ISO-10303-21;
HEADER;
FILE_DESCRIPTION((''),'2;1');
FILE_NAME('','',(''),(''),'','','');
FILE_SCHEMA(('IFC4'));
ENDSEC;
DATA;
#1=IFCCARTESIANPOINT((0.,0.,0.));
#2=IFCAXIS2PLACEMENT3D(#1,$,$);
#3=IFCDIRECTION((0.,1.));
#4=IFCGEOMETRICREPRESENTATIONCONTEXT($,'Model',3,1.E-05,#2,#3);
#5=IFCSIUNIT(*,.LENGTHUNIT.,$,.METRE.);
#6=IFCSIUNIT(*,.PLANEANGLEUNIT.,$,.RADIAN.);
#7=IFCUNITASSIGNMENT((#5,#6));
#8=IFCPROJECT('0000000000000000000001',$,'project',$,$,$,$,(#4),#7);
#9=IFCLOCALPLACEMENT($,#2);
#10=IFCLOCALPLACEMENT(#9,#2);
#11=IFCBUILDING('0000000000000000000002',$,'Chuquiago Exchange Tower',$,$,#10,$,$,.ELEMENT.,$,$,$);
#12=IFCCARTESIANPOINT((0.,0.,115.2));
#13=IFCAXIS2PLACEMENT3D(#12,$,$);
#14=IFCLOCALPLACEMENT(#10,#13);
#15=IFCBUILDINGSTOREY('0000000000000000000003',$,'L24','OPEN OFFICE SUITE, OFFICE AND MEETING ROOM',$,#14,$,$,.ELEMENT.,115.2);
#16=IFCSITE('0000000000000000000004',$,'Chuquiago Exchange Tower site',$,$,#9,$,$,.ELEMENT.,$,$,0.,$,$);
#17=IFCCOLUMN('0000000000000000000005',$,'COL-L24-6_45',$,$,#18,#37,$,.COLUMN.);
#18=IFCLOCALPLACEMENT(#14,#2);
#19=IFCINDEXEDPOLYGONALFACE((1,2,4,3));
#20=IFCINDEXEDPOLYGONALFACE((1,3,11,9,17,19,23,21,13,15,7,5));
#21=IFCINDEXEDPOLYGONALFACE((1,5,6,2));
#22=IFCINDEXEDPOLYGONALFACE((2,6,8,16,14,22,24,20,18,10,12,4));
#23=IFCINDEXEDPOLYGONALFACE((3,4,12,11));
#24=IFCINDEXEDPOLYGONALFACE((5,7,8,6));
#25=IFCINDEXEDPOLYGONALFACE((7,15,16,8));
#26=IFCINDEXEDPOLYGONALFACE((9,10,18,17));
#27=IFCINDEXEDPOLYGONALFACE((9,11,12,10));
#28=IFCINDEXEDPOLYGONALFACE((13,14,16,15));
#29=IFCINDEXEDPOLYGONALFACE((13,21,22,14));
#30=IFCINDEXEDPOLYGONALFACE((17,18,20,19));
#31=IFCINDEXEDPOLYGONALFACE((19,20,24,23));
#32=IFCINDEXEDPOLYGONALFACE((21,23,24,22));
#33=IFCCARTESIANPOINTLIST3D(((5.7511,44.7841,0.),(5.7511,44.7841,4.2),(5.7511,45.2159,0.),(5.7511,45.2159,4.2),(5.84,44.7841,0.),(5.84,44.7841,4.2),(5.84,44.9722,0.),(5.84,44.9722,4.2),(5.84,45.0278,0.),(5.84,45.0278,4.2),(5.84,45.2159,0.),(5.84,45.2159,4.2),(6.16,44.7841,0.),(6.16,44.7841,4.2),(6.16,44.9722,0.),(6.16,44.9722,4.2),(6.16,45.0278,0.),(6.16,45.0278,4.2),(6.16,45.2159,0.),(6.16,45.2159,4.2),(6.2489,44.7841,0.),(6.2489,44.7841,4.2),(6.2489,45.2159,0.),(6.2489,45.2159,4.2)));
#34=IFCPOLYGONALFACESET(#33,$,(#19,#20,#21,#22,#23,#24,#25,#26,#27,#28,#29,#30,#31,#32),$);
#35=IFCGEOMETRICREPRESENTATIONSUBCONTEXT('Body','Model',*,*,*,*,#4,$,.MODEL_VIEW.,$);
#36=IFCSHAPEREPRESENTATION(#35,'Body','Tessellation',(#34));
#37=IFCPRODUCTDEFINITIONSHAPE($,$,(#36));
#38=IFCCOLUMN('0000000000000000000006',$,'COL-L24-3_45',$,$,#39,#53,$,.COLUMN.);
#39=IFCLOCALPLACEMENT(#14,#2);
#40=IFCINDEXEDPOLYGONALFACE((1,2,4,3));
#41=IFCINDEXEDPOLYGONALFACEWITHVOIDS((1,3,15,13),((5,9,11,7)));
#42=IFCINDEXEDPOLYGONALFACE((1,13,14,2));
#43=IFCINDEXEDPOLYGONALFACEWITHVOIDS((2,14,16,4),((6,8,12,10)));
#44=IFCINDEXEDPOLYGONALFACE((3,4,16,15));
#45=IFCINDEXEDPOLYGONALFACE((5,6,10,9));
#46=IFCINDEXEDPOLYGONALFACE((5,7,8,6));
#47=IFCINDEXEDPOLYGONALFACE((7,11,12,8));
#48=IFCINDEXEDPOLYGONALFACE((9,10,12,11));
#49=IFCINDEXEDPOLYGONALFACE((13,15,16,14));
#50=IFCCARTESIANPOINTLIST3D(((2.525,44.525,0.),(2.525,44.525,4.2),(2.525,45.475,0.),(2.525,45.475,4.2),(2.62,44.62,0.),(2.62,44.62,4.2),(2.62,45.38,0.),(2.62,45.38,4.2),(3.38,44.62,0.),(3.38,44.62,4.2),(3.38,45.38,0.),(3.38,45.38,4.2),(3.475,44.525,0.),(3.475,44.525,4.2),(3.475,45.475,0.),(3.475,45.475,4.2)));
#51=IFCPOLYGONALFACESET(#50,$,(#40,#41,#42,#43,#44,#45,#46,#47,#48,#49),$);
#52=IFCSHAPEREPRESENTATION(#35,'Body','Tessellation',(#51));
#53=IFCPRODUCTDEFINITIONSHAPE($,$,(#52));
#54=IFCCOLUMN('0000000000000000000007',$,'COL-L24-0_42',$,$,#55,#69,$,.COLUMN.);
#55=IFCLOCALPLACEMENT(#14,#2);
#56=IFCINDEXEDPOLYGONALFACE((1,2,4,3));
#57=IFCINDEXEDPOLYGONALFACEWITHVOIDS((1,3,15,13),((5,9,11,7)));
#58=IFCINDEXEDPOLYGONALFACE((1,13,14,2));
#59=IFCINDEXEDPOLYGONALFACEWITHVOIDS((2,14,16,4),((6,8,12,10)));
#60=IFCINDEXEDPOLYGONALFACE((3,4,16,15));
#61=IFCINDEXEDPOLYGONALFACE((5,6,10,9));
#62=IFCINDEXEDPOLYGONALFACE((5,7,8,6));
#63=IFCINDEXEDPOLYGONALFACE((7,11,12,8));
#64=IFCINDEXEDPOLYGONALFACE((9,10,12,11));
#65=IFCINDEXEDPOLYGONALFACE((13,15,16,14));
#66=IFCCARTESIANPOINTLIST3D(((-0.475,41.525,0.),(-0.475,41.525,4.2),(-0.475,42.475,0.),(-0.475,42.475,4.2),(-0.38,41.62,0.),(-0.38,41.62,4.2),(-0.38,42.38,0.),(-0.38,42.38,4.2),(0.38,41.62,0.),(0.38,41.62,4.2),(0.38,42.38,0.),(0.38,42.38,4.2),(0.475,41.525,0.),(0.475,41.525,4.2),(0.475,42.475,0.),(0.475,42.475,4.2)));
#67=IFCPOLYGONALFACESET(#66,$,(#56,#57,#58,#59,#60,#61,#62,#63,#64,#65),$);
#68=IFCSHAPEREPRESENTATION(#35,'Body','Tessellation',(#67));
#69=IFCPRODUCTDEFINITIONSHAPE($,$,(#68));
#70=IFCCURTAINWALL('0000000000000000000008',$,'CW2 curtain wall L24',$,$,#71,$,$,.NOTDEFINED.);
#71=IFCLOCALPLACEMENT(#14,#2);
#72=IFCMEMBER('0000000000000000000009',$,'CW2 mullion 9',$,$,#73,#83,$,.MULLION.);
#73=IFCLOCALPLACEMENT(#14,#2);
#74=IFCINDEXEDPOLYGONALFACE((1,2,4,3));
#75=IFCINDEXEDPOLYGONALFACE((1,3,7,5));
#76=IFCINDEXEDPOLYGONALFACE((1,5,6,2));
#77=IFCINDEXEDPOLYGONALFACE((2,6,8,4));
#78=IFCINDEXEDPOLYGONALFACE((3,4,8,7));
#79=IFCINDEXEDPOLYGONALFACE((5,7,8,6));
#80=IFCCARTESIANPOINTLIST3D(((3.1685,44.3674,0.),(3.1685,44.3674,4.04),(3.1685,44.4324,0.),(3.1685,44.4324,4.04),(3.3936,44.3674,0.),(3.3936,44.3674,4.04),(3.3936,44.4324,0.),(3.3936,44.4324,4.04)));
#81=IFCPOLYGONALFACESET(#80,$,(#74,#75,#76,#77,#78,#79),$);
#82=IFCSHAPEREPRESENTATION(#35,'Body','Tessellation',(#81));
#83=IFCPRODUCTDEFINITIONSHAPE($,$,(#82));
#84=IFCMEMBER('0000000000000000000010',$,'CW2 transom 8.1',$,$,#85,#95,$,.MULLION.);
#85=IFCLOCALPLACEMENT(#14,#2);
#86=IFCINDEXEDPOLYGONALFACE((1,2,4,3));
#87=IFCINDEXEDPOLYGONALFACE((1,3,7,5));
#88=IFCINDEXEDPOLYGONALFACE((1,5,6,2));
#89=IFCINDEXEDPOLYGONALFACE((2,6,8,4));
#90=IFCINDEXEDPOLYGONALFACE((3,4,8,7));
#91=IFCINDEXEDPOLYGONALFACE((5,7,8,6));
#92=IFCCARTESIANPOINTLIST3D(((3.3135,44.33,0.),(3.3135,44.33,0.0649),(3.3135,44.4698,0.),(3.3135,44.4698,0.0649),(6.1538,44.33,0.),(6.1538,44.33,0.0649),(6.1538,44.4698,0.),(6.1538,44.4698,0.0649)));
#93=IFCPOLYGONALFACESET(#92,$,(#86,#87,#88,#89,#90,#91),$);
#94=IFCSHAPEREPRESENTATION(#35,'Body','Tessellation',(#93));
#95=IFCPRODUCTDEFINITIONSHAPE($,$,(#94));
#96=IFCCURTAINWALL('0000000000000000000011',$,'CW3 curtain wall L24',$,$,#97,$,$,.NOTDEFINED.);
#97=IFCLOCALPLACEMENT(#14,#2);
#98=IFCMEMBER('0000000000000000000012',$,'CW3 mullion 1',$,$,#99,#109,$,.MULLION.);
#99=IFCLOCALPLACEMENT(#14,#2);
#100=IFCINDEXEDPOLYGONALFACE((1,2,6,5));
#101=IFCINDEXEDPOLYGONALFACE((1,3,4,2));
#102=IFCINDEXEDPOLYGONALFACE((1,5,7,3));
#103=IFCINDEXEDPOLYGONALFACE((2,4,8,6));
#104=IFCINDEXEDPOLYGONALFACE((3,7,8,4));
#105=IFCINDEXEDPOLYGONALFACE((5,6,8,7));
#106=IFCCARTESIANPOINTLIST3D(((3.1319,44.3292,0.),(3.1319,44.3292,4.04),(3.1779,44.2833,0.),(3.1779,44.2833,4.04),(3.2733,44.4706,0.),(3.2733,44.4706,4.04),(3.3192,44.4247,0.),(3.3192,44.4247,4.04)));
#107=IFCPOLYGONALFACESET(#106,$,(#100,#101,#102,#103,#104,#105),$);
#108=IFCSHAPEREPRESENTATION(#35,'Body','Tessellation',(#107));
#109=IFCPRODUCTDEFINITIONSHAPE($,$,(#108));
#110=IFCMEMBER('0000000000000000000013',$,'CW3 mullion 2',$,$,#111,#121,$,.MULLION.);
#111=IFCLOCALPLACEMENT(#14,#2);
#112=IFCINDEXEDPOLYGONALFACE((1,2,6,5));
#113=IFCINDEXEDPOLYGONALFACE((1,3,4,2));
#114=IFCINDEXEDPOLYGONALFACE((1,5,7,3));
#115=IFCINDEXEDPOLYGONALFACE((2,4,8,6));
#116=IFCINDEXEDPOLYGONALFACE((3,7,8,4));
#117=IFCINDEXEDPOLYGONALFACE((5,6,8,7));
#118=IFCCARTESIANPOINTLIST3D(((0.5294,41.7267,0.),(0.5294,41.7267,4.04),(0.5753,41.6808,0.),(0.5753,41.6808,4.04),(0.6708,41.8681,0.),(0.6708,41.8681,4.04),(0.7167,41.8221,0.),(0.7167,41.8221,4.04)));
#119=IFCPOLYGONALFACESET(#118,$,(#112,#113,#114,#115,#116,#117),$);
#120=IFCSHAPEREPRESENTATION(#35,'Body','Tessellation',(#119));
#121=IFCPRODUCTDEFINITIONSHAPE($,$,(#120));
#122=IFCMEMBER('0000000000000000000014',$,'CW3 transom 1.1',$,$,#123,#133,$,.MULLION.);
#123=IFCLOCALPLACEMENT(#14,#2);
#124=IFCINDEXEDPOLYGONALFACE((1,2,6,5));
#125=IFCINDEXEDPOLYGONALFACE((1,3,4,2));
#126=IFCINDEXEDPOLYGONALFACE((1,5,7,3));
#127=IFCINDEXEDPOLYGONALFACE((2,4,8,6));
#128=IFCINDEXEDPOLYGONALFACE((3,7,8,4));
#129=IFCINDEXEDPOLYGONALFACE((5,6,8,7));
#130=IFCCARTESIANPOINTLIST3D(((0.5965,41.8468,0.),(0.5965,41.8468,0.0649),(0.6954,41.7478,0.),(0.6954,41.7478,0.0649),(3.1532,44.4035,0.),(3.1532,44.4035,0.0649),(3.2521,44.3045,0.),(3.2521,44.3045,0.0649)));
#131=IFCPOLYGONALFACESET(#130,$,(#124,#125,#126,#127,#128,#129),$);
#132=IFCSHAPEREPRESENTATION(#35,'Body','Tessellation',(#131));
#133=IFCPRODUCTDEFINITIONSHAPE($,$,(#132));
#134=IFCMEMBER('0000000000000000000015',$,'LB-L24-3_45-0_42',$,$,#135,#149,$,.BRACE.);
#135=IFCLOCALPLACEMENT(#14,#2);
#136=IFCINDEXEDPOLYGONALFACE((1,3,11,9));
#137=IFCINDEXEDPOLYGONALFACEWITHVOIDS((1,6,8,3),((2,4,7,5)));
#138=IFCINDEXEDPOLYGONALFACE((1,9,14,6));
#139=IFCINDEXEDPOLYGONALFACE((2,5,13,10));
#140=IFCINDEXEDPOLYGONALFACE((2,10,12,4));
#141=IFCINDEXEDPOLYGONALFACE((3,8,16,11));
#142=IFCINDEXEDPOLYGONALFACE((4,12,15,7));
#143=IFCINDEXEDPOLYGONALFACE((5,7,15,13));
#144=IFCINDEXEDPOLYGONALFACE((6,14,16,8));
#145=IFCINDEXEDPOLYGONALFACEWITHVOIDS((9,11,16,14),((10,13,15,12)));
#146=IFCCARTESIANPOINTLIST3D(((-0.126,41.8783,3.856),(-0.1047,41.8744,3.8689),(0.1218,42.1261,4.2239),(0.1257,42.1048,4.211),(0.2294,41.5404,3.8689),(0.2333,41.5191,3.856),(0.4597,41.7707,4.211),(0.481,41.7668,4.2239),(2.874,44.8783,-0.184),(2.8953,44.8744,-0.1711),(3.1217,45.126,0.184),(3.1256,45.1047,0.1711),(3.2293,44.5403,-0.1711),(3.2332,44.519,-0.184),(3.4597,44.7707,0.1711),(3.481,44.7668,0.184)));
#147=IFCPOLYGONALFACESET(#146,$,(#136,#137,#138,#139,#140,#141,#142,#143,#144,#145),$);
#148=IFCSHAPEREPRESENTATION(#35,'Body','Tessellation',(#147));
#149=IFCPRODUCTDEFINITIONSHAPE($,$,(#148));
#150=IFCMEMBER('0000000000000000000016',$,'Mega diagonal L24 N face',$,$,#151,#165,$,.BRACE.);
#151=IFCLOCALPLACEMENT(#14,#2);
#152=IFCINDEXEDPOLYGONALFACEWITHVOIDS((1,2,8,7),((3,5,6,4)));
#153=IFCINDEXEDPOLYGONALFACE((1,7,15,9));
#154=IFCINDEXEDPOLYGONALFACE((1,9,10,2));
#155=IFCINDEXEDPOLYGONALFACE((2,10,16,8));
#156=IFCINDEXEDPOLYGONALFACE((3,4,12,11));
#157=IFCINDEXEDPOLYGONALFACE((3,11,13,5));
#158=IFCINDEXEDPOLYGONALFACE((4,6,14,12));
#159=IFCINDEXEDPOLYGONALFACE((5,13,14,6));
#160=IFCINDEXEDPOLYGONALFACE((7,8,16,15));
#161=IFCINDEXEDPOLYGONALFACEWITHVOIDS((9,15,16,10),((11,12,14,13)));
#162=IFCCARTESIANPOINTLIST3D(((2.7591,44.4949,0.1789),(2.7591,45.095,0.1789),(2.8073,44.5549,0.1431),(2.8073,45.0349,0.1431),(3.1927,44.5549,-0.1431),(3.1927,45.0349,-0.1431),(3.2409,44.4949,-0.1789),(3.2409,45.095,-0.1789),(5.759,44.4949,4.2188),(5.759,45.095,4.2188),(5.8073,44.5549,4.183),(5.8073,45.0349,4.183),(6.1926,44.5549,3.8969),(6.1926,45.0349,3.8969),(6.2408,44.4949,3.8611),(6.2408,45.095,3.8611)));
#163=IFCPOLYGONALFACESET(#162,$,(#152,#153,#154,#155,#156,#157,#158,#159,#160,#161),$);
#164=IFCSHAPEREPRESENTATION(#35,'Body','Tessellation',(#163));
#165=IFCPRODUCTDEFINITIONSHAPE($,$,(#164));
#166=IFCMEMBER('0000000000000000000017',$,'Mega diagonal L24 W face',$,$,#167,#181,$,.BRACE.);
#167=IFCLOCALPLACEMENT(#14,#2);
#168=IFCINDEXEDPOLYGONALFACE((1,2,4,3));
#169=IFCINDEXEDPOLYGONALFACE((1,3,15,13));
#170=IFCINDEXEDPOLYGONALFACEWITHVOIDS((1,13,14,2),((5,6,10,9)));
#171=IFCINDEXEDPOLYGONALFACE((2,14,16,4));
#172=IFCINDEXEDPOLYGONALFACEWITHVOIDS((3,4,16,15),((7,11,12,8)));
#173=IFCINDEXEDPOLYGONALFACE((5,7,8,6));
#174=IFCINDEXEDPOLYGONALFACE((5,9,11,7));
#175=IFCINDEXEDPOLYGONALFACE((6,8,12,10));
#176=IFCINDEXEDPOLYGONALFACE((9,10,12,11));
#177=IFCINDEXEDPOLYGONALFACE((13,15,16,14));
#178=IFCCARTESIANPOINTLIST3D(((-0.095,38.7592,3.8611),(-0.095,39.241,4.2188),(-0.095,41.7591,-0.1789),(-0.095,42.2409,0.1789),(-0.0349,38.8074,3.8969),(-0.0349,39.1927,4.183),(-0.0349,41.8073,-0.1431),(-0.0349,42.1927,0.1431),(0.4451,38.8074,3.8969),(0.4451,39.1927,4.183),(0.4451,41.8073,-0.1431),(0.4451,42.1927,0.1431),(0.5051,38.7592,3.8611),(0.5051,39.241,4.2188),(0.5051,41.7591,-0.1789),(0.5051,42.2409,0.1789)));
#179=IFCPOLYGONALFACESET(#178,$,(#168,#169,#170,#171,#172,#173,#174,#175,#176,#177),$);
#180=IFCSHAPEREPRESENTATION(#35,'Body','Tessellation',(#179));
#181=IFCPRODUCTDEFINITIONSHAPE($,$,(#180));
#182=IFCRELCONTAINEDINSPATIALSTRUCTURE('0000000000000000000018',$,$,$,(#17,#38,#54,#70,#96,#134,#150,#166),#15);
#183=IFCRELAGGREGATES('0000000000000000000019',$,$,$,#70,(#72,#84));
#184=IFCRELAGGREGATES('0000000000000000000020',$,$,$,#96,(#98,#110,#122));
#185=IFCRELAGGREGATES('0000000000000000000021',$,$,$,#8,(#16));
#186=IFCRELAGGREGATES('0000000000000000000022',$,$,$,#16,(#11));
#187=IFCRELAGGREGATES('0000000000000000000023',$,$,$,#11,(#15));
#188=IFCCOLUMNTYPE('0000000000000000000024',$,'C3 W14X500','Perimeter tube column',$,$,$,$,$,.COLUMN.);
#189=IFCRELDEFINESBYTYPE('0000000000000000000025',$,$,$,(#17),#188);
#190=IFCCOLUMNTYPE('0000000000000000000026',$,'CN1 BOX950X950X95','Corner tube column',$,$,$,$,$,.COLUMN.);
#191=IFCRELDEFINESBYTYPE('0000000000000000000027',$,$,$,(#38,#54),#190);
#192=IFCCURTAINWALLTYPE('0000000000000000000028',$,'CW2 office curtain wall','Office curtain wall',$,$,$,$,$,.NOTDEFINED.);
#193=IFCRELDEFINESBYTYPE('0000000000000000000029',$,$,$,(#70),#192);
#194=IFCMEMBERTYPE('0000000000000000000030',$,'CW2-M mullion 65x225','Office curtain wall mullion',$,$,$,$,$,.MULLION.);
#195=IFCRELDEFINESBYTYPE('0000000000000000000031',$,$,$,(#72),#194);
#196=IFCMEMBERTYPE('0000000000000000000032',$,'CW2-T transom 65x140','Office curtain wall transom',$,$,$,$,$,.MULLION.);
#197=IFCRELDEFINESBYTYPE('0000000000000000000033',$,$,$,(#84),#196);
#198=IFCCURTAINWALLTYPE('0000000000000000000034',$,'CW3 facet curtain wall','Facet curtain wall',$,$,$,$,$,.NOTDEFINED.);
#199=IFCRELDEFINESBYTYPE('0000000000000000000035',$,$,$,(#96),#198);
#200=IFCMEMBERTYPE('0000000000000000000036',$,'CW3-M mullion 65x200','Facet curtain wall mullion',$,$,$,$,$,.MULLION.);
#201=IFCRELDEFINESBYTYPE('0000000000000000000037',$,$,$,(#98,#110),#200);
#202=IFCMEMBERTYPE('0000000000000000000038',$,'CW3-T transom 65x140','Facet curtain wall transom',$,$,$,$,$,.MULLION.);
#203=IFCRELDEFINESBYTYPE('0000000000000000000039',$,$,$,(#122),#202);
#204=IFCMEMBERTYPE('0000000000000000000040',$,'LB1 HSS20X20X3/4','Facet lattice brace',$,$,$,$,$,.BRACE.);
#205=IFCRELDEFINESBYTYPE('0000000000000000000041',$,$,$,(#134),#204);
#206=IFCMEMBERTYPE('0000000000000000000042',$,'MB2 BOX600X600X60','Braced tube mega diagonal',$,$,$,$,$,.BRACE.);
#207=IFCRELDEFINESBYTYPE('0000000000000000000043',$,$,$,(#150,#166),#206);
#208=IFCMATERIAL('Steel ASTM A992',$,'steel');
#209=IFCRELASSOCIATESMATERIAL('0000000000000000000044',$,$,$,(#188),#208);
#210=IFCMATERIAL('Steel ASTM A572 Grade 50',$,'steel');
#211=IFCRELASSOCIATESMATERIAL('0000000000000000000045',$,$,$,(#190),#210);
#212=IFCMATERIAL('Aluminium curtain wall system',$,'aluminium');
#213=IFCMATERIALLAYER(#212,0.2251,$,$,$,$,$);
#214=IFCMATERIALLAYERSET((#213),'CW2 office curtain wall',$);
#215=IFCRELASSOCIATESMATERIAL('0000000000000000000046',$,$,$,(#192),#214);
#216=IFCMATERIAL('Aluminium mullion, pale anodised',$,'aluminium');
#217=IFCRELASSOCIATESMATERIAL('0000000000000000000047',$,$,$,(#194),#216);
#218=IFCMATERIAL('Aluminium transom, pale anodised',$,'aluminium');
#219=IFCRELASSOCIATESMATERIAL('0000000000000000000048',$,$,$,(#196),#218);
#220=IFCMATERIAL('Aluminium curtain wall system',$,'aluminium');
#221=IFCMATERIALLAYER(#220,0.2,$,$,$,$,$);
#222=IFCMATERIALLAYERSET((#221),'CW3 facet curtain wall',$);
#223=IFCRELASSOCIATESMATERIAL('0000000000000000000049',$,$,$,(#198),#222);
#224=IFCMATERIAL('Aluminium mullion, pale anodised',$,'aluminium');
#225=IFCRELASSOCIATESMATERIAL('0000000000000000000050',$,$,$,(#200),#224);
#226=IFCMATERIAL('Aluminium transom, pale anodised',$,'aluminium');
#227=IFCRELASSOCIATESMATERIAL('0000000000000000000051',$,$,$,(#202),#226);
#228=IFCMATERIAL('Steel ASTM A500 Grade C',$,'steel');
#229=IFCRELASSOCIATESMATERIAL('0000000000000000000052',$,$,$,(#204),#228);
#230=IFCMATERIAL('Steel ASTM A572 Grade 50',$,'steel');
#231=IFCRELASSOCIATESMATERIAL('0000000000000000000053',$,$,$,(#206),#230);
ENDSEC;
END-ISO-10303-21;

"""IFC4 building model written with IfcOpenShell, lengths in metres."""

from ifc_helpers import new_model, si_unit, direction, frame, origin, origin_2d, place, context, subcontext, project, spatial, rectangle, hollow_rectangle, i_section, extrude, material, layer, layer_set, material_profile, profile_set, type_object, element, aggregate, save


model = new_model("IFC4")

# Units and contexts
model_context = context("Model", 3, precision=1e-05, world=origin(), true_north=direction((0.0, 1.0)))
body_context = subcontext(model_context, "Body", "Model", "MODEL_VIEW")
ifc_project = project(units=[si_unit("LENGTHUNIT", "METRE"), si_unit("PLANEANGLEUNIT", "RADIAN")], contexts=[model_context])

# Site, building, storey
site_placement = place(None, origin())
site = spatial("IfcSite", under=ifc_project, at=site_placement, Name="Chuquiago Exchange Tower site", CompositionType="ELEMENT", RefElevation=0.0)
building_placement = place(site_placement, origin())
building = spatial("IfcBuilding", under=site, at=building_placement, Name="Chuquiago Exchange Tower", CompositionType="ELEMENT")
storey_placement = place(building_placement, frame((0.0, 0.0, 115.2)))
storey = spatial("IfcBuildingStorey", under=building, at=storey_placement, Name="L24", Description="OPEN OFFICE SUITE, OFFICE AND MEETING ROOM", CompositionType="ELEMENT", Elevation=115.2)

# Columns
ifc_material_1 = material(Name="Steel ASTM A992", Category="steel")
ifc_material_profile_1 = material_profile(ifc_material_1, i_section(OverallWidth=0.4319, OverallDepth=0.4978, WebThickness=0.0557, FlangeThickness=0.0889, at=origin_2d()), Name="W14X500")
ifc_profile_set_1 = profile_set([ifc_material_profile_1], Name="Steel ASTM A992")
column_type_1 = type_object("IfcColumnType", Name="C3 W14X500", Description="Perimeter tube column", PredefinedType="COLUMN", material=ifc_profile_set_1)
column_placement = place(storey_placement, frame((6.0, 45.0, 0.0), z_axis=(0.0, 0.0, 1.0), x_axis=(0.0, 1.0, 0.0)))
element("IfcColumn", 1, at=column_placement, inside=storey, type_object=column_type_1, Name="COL-L24-6_45", PredefinedType="COLUMN", context=body_context, shape_type="SweptSolid", body=[
    extrude(i_section(OverallWidth=0.4319, OverallDepth=0.4978, WebThickness=0.0557, FlangeThickness=0.0889, at=origin_2d()), origin(), (0.0, 0.0, 1.0), 4.2),
])
ifc_material_2 = material(Name="Steel ASTM A572 Grade 50", Category="steel")
ifc_material_profile_2 = material_profile(ifc_material_2, hollow_rectangle(XDim=0.95, YDim=0.95, WallThickness=0.095, at=origin_2d()), Name="BOX950X950X95")
ifc_profile_set_2 = profile_set([ifc_material_profile_2], Name="Steel ASTM A572 Grade 50")
column_type_2 = type_object("IfcColumnType", Name="CN1 BOX950X950X95", Description="Corner tube column", PredefinedType="COLUMN", material=ifc_profile_set_2)
for number, where, z_axis, x_axis, name in (
    (2, (3.0, 45.0, 0.0), (0.0, 0.0, 1.0), (0.0, 1.0, 0.0), "COL-L24-3_45"),
    (3, (0.0, 42.0, 0.0), (0.0, 0.0, 1.0), (-1.0, 0.0, 0.0), "COL-L24-0_42"),
):
    element("IfcColumn", number, at=place(storey_placement, frame(where, z_axis=z_axis, x_axis=x_axis)), inside=storey, type_object=column_type_2, Name=name, PredefinedType="COLUMN", context=body_context, shape_type="SweptSolid", body=[
        extrude(hollow_rectangle(XDim=0.95, YDim=0.95, WallThickness=0.095, at=origin_2d()), origin(), (0.0, 0.0, 1.0), 4.2),
    ])

# Curtain walls, members
ifc_material_3 = material(Name="Aluminium curtain wall system", Category="aluminium")
ifc_layer_1 = layer(ifc_material_3, 0.2251)
ifc_layer_set_1 = layer_set([ifc_layer_1], Name="CW2 office curtain wall")
curtain_wall_type_1 = type_object("IfcCurtainWallType", Name="CW2 office curtain wall", Description="Office curtain wall", PredefinedType="NOTDEFINED", material=ifc_layer_set_1)
curtain_wall_1_placement = place(storey_placement, origin())
curtain_wall_1 = element("IfcCurtainWall", 4, at=curtain_wall_1_placement, inside=storey, type_object=curtain_wall_type_1, Name="CW2 curtain wall L24", PredefinedType="NOTDEFINED")
ifc_material_4 = material(Name="Aluminium mullion, pale anodised", Category="aluminium")
ifc_material_profile_3 = material_profile(ifc_material_4, rectangle(XDim=0.0649, YDim=0.2251, at=origin_2d()), Name="AL 65x225")
ifc_profile_set_3 = profile_set([ifc_material_profile_3], Name="Aluminium mullion, pale anodised")
member_type_1 = type_object("IfcMemberType", Name="CW2-M mullion 65x225", Description="Office curtain wall mullion", PredefinedType="MULLION", material=ifc_profile_set_3)
member_1_placement = place(storey_placement, frame((3.281, 44.3999, 0.0), z_axis=(0.0, 0.0, 1.0), x_axis=(0.0, -1.0, 0.0)))
member_1 = element("IfcMember", 5, at=member_1_placement, type_object=member_type_1, Name="CW2 mullion 9", PredefinedType="MULLION", context=body_context, shape_type="SweptSolid", body=[
    extrude(rectangle(XDim=0.0649, YDim=0.2251, at=origin_2d()), origin(), (0.0, 0.0, 1.0), 4.04),
])
ifc_material_5 = material(Name="Aluminium transom, pale anodised", Category="aluminium")
ifc_material_profile_4 = material_profile(ifc_material_5, rectangle(XDim=0.1399, YDim=0.0649, at=origin_2d()), Name="AL 140x65")
ifc_profile_set_4 = profile_set([ifc_material_profile_4], Name="Aluminium transom, pale anodised")
member_type_2 = type_object("IfcMemberType", Name="CW2-T transom 65x140", Description="Office curtain wall transom", PredefinedType="MULLION", material=ifc_profile_set_4)
member_2_placement = place(storey_placement, frame((6.1538, 44.3999, 0.0325), z_axis=(-1.0, 0.0, 0.0), x_axis=(0.0, -1.0, 0.0)))
member_2 = element("IfcMember", 6, at=member_2_placement, type_object=member_type_2, Name="CW2 transom 8.1", PredefinedType="MULLION", context=body_context, shape_type="SweptSolid", body=[
    extrude(rectangle(XDim=0.1399, YDim=0.0649, at=origin_2d()), origin(), (0.0, 0.0, 1.0), 2.8403),
])
ifc_material_6 = material(Name="Aluminium curtain wall system", Category="aluminium")
ifc_layer_2 = layer(ifc_material_6, 0.2)
ifc_layer_set_2 = layer_set([ifc_layer_2], Name="CW3 facet curtain wall")
curtain_wall_type_2 = type_object("IfcCurtainWallType", Name="CW3 facet curtain wall", Description="Facet curtain wall", PredefinedType="NOTDEFINED", material=ifc_layer_set_2)
curtain_wall_2_placement = place(storey_placement, origin())
curtain_wall_2 = element("IfcCurtainWall", 7, at=curtain_wall_2_placement, inside=storey, type_object=curtain_wall_type_2, Name="CW3 curtain wall L24", PredefinedType="NOTDEFINED")
ifc_material_7 = material(Name="Aluminium mullion, pale anodised", Category="aluminium")
ifc_material_profile_5 = material_profile(ifc_material_7, rectangle(XDim=0.0649, YDim=0.2, at=origin_2d()), Name="AL 65x200")
ifc_profile_set_5 = profile_set([ifc_material_profile_5], Name="Aluminium mullion, pale anodised")
member_type_3 = type_object("IfcMemberType", Name="CW3-M mullion 65x200", Description="Facet curtain wall mullion", PredefinedType="MULLION", material=ifc_profile_set_5)
member_3_placement = place(storey_placement, frame((3.2256, 44.377, 0.0), z_axis=(0.0, 0.0, 1.0), x_axis=(0.707107, -0.707107, 0.0)))
member_3 = element("IfcMember", 8, at=member_3_placement, type_object=member_type_3, Name="CW3 mullion 1", PredefinedType="MULLION", context=body_context, shape_type="SweptSolid", body=[
    extrude(rectangle(XDim=0.0649, YDim=0.2, at=origin_2d()), origin(), (0.0, 0.0, 1.0), 4.04),
])
member_4_placement = place(storey_placement, frame((0.623, 41.7744, 0.0), z_axis=(0.0, 0.0, 1.0), x_axis=(0.707107, -0.707107, 0.0)))
member_4 = element("IfcMember", 9, at=member_4_placement, type_object=member_type_3, Name="CW3 mullion 2", PredefinedType="MULLION", context=body_context, shape_type="SweptSolid", body=[
    extrude(rectangle(XDim=0.0649, YDim=0.2, at=origin_2d()), origin(), (0.0, 0.0, 1.0), 4.04),
])
ifc_material_8 = material(Name="Aluminium transom, pale anodised", Category="aluminium")
ifc_material_profile_6 = material_profile(ifc_material_8, rectangle(XDim=0.1399, YDim=0.0649, at=origin_2d()), Name="AL 140x65")
ifc_profile_set_6 = profile_set([ifc_material_profile_6], Name="Aluminium transom, pale anodised")
member_type_4 = type_object("IfcMemberType", Name="CW3-T transom 65x140", Description="Facet curtain wall transom", PredefinedType="MULLION", material=ifc_profile_set_6)
member_5_placement = place(storey_placement, frame((3.2026, 44.354, 0.0325), z_axis=(-0.707107, -0.707107, 0.0), x_axis=(0.707107, -0.707107, 0.0)))
member_5 = element("IfcMember", 10, at=member_5_placement, type_object=member_type_4, Name="CW3 transom 1.1", PredefinedType="MULLION", context=body_context, shape_type="SweptSolid", body=[
    extrude(rectangle(XDim=0.1399, YDim=0.0649, at=origin_2d()), origin(), (0.0, 0.0, 1.0), 3.6157),
])

# Members
ifc_material_9 = material(Name="Steel ASTM A500 Grade C", Category="steel")
ifc_material_profile_7 = material_profile(ifc_material_9, hollow_rectangle(XDim=0.5081, YDim=0.5081, WallThickness=0.0178, at=origin_2d()), Name="HSS20X20X3/4")
ifc_profile_set_7 = profile_set([ifc_material_profile_7], Name="Steel ASTM A500 Grade C")
member_type_5 = type_object("IfcMemberType", Name="LB1 HSS20X20X3/4", Description="Facet lattice brace", PredefinedType="BRACE", material=ifc_profile_set_7)
member_6_placement = place(storey_placement, frame((3.1775, 44.8225, 0.0), z_axis=(-0.512077, -0.512077, 0.689604), x_axis=(0.707107, -0.707107, 0.0)))
element("IfcMember", 11, at=member_6_placement, inside=storey, type_object=member_type_5, Name="LB-L24-3_45-0_42", PredefinedType="BRACE", context=body_context, shape_type="SweptSolid", body=[
    extrude(hollow_rectangle(XDim=0.5081, YDim=0.5081, WallThickness=0.0178, at=origin_2d()), origin(), (0.0, 0.0, 1.0), 5.8584),
])
ifc_material_10 = material(Name="Steel ASTM A572 Grade 50", Category="steel")
ifc_material_profile_8 = material_profile(ifc_material_10, hollow_rectangle(XDim=0.6001, YDim=0.6001, WallThickness=0.0601, at=origin_2d()), Name="BOX600X600X60")
ifc_profile_set_8 = profile_set([ifc_material_profile_8], Name="Steel ASTM A572 Grade 50")
member_type_6 = type_object("IfcMemberType", Name="MB2 BOX600X600X60", Description="Braced tube mega diagonal", PredefinedType="BRACE", material=ifc_profile_set_8)
for number, where, z_axis, x_axis, name in (
    (12, (3.0, 44.7949, 0.0), (0.596174, 0.0, 0.802855), (0.0, 1.0, 0.0), "Mega diagonal L24 N face"),
    (13, (0.2051, 42.0, 0.0), (0.0, -0.596174, 0.802855), (1.0, 0.0, 0.0), "Mega diagonal L24 W face"),
):
    element("IfcMember", number, at=place(storey_placement, frame(where, z_axis=z_axis, x_axis=x_axis)), inside=storey, type_object=member_type_6, Name=name, PredefinedType="BRACE", context=body_context, shape_type="SweptSolid", body=[
        extrude(hollow_rectangle(XDim=0.6001, YDim=0.6001, WallThickness=0.0601, at=origin_2d()), origin(), (0.0, 0.0, 1.0), 5.032),
    ])

aggregate(curtain_wall_1, [member_1, member_2])
aggregate(curtain_wall_2, [member_3, member_4, member_5])

save(model, "model.ifc")
